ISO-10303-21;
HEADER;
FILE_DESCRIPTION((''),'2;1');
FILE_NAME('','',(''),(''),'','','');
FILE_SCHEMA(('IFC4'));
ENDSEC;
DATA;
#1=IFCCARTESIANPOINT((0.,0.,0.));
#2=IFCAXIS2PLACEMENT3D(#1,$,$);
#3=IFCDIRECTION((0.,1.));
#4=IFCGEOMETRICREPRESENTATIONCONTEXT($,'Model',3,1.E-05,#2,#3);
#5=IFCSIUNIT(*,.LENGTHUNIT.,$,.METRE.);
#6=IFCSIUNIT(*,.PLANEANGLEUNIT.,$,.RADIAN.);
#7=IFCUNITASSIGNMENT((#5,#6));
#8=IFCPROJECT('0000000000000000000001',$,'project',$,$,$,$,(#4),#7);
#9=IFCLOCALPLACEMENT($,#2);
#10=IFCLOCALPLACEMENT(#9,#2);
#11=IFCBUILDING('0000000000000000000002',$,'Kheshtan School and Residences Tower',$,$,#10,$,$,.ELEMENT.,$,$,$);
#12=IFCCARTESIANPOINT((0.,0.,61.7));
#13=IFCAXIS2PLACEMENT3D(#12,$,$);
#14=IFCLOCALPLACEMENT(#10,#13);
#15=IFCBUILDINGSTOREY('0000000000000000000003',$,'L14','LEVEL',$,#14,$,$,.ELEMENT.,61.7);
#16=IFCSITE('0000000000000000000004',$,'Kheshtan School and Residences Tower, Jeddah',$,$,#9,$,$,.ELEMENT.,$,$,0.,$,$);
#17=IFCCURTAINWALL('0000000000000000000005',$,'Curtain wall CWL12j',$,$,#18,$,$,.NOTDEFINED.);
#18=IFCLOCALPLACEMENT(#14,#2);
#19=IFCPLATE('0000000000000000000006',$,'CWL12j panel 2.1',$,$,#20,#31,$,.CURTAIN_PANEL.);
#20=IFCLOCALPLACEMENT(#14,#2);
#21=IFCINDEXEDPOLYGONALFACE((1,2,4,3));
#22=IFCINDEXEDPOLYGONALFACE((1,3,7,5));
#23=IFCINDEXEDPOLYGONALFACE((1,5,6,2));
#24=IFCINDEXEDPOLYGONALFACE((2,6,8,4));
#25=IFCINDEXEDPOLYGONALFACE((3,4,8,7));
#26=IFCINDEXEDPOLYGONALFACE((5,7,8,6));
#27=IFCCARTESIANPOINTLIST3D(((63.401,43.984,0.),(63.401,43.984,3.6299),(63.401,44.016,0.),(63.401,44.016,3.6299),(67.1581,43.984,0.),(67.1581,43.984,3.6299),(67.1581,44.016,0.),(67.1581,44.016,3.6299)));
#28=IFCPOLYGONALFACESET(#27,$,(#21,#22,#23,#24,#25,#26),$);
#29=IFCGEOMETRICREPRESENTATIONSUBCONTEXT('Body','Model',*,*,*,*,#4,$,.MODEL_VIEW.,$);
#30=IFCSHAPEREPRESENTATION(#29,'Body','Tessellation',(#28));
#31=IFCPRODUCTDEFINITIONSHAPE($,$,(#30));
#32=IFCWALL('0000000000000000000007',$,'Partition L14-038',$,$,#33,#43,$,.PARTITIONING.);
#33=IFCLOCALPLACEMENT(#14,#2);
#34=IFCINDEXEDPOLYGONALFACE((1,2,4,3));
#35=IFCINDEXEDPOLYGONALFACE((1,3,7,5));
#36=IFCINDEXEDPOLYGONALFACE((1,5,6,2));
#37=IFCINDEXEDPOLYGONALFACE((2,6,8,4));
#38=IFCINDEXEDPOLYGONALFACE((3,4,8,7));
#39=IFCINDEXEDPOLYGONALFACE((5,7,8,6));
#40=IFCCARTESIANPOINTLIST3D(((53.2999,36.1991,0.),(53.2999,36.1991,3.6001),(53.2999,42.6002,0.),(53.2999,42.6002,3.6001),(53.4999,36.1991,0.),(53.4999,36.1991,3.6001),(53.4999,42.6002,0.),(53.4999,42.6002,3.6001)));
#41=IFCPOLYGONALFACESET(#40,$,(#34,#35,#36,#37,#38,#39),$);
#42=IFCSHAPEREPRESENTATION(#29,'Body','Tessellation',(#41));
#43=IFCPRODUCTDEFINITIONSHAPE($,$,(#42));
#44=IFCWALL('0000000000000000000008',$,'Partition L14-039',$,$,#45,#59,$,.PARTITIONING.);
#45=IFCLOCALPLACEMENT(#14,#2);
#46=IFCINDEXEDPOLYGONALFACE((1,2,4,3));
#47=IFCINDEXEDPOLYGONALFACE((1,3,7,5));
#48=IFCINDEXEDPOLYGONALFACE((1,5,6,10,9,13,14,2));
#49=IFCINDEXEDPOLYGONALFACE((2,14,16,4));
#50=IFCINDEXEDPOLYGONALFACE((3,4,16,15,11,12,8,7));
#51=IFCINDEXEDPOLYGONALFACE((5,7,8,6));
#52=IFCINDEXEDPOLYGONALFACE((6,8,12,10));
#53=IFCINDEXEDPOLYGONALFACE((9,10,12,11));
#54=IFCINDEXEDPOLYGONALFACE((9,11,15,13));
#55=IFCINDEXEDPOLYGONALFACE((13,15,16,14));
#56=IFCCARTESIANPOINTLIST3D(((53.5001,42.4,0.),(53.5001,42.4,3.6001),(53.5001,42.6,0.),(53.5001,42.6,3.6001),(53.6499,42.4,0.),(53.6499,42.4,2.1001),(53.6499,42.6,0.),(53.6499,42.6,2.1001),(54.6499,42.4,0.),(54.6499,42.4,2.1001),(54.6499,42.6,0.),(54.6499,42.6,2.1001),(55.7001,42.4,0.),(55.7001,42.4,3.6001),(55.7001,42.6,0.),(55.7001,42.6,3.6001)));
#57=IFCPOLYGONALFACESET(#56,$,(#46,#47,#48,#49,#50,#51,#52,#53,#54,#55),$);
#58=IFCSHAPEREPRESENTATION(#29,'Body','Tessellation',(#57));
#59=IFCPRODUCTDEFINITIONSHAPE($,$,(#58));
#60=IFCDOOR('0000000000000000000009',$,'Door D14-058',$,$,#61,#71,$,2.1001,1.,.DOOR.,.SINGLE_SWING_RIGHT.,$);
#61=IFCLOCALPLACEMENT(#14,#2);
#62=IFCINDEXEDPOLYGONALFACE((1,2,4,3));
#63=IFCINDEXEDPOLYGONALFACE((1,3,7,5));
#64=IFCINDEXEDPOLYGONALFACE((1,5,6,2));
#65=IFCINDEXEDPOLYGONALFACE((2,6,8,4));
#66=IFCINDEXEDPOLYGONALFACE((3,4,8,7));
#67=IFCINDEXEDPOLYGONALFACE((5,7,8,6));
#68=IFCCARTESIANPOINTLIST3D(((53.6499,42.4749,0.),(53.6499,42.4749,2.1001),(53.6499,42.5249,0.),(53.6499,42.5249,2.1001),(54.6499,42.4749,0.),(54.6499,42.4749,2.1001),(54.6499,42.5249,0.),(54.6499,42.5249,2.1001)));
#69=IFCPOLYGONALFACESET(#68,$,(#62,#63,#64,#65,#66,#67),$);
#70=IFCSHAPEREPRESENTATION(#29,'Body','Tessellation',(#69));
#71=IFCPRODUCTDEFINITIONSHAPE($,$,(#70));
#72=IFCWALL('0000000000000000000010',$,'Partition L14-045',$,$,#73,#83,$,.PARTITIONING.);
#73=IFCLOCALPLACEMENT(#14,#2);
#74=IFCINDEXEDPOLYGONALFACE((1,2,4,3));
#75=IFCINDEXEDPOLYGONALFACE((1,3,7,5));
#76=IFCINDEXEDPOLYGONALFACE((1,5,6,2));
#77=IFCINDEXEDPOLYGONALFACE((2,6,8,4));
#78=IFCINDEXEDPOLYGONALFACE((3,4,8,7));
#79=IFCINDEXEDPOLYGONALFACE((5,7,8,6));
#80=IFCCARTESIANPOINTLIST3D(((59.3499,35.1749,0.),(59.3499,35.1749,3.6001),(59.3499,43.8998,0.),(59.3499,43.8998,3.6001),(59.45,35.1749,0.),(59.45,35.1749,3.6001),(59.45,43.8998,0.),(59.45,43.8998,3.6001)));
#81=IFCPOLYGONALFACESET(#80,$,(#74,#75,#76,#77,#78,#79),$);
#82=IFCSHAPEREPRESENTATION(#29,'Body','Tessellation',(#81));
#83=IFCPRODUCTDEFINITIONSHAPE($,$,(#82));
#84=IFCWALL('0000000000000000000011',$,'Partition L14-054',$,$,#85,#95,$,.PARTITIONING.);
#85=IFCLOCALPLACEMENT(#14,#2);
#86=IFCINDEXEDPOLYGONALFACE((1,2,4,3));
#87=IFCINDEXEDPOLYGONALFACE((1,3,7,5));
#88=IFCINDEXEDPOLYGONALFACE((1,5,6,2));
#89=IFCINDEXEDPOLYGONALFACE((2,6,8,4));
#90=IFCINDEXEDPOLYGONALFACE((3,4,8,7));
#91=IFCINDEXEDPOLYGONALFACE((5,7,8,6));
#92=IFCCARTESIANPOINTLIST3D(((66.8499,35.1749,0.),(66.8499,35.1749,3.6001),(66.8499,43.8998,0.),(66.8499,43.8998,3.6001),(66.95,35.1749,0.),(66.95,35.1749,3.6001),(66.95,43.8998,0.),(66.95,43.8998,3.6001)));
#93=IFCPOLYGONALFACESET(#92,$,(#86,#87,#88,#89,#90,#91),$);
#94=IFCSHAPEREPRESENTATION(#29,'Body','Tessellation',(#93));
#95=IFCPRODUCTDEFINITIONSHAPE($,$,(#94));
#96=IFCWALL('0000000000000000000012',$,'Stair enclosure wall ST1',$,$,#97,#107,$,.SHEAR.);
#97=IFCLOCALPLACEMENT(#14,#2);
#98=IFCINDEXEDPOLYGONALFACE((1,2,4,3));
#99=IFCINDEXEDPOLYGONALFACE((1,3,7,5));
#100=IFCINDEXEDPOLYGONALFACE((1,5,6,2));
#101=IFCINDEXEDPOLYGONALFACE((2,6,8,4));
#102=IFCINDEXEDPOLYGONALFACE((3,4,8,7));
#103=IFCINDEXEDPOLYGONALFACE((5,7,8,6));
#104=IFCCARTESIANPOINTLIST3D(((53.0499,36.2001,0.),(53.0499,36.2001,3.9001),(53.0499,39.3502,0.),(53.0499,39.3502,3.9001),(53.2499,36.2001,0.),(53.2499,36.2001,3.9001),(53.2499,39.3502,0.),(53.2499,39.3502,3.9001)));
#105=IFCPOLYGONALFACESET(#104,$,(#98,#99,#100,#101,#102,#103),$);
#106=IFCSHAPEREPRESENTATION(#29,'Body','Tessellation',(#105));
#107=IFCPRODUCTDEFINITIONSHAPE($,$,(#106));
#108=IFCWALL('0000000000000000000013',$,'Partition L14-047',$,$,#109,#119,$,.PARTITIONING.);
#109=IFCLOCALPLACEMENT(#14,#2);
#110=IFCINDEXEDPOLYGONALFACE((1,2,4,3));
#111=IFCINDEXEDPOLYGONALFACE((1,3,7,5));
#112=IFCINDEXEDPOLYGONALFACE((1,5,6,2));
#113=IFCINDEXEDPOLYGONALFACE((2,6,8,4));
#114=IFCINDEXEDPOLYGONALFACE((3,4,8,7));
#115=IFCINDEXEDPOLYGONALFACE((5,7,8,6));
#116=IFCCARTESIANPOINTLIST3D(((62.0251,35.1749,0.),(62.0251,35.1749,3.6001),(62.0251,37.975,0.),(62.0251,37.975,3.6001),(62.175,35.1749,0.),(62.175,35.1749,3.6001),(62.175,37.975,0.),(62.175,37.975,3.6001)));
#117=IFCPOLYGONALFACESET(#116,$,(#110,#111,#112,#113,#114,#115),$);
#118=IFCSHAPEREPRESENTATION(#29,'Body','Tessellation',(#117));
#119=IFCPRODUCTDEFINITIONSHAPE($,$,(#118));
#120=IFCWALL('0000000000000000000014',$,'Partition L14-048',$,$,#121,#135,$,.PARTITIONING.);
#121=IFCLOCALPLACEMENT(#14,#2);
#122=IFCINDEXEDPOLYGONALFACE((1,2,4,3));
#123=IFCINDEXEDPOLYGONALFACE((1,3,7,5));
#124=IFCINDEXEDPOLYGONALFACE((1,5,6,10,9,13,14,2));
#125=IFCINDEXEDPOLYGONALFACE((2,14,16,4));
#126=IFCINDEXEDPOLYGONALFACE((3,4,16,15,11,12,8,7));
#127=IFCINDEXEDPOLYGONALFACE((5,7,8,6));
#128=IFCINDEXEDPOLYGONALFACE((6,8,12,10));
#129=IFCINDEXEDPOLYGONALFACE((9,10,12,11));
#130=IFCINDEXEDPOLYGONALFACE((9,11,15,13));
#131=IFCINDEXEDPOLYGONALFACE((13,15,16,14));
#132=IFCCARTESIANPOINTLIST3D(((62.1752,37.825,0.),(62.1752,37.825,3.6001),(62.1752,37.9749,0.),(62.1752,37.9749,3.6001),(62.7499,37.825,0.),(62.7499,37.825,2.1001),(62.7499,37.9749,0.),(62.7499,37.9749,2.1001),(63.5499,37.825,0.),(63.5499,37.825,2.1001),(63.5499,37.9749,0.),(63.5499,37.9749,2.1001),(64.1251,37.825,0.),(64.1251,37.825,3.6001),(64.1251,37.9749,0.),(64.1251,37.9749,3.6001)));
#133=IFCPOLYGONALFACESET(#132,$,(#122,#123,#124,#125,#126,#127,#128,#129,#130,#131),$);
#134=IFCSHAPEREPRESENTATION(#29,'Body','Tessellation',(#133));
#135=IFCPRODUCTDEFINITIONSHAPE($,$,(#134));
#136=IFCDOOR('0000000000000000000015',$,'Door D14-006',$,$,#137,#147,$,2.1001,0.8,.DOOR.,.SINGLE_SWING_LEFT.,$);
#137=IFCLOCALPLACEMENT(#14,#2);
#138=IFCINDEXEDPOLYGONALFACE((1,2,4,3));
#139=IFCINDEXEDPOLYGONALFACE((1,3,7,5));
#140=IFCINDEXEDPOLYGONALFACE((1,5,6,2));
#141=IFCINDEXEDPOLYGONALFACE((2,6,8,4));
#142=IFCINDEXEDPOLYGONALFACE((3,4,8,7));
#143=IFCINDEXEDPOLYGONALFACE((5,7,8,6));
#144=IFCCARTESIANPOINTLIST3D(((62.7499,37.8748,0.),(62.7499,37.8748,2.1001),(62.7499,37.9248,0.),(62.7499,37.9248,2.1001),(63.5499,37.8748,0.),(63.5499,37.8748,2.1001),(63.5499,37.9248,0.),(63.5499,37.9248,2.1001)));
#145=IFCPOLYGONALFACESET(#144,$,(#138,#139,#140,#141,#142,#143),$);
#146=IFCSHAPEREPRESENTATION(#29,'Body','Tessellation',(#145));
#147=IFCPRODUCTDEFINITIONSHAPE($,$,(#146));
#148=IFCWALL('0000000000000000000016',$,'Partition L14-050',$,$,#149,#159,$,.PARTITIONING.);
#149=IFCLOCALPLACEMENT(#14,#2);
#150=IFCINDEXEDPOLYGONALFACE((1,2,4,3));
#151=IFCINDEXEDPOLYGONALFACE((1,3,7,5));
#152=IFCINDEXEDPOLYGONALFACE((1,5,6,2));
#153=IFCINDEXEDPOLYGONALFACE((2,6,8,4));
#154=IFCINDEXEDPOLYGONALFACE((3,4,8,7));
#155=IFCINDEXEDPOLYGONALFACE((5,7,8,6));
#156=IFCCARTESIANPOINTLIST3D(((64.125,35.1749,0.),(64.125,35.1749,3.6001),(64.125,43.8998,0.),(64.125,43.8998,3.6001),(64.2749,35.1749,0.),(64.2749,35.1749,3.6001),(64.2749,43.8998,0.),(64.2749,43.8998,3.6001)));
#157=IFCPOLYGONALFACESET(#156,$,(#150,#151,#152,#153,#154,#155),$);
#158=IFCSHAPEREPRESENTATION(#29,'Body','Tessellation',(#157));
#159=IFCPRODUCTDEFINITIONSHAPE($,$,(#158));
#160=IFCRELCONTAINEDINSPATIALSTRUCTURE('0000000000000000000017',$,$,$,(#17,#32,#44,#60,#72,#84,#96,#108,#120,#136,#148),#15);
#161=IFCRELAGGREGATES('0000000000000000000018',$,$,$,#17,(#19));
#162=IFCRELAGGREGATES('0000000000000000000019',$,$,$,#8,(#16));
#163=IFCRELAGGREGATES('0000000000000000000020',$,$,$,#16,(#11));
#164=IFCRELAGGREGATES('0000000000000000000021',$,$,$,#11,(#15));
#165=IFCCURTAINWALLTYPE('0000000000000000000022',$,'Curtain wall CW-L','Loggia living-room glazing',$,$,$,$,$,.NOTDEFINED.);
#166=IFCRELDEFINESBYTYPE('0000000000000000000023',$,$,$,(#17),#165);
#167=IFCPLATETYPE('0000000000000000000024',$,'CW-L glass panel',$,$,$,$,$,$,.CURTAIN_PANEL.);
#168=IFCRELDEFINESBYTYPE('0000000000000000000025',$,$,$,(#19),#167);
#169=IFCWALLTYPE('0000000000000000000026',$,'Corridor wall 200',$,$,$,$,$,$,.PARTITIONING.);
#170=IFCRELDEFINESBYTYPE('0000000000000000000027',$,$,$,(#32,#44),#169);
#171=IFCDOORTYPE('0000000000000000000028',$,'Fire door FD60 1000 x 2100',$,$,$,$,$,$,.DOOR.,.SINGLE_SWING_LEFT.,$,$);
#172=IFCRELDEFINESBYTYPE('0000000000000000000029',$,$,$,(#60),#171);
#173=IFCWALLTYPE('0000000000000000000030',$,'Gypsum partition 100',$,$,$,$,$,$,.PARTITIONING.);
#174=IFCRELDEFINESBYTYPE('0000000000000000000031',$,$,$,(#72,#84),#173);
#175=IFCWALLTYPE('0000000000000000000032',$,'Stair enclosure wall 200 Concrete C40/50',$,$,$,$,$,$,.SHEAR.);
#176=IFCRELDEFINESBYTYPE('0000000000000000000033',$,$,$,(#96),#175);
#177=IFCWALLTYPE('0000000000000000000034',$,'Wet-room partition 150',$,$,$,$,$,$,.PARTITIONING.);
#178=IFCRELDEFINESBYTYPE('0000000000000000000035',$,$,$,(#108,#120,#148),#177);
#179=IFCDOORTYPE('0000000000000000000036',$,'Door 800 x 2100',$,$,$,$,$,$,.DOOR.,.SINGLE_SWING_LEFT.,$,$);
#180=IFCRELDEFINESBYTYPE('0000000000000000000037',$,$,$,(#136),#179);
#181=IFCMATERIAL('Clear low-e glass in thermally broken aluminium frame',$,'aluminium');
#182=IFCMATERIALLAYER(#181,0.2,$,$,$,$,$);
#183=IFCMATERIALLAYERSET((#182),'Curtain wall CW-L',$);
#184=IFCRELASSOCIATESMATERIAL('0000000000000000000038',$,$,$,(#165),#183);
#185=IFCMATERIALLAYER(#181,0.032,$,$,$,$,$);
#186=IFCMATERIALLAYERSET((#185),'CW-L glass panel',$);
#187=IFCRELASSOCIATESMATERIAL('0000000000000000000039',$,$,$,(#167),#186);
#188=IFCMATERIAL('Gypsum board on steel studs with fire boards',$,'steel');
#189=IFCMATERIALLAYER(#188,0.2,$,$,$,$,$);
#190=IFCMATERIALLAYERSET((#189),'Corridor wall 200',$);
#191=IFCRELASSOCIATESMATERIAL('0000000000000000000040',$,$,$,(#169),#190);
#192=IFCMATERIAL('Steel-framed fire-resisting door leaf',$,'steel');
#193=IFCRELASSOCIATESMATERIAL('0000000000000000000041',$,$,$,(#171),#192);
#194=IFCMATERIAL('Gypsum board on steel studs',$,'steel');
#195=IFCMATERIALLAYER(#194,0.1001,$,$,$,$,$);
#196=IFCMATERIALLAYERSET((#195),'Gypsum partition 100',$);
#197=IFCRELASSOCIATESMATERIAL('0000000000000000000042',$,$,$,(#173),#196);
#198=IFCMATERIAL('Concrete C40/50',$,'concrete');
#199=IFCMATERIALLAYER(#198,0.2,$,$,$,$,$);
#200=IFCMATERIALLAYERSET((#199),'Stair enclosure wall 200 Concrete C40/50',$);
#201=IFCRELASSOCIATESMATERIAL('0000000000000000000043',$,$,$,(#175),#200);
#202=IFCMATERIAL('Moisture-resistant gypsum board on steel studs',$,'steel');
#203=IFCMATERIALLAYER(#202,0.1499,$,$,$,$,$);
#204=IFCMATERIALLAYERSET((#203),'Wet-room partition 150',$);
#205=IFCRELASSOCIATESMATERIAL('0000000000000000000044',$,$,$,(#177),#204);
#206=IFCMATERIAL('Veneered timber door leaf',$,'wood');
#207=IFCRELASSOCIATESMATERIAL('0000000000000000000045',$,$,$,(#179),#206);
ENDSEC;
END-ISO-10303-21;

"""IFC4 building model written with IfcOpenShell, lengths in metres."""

from ifc_helpers import new_model, si_unit, direction, frame, frame_2d, origin, origin_2d, place, context, subcontext, project, spatial, rectangle, extrude, source, transform, mapped, material, layer, layer_set, type_object, element, fill, aggregate, save


model = new_model("IFC4")

# Units and contexts
model_context = context("Model", 3, precision=1e-05, world=origin(), true_north=direction((0.0, 1.0)))
body_context = subcontext(model_context, "Body", "Model", "MODEL_VIEW")
ifc_project = project(units=[si_unit("LENGTHUNIT", "METRE"), si_unit("PLANEANGLEUNIT", "RADIAN")], contexts=[model_context])

# Site, building, storey
site_placement = place(None, origin())
site = spatial("IfcSite", under=ifc_project, at=site_placement, Name="Kheshtan School and Residences Tower, Jeddah", CompositionType="ELEMENT", RefElevation=0.0)
building_placement = place(site_placement, origin())
building = spatial("IfcBuilding", under=site, at=building_placement, Name="Kheshtan School and Residences Tower", CompositionType="ELEMENT")
storey_placement = place(building_placement, frame((0.0, 0.0, 61.7)))
storey = spatial("IfcBuildingStorey", under=building, at=storey_placement, Name="L14", Description="LEVEL", CompositionType="ELEMENT", Elevation=61.7)

# Shared definitions
ifc_material_1 = material(Name="Clear low-e glass in thermally broken aluminium frame", Category="aluminium")
ifc_layer_1 = layer(ifc_material_1, 0.2)
ifc_layer_set_1 = layer_set([ifc_layer_1], Name="Curtain wall CW-L")
curtain_wall_type = type_object("IfcCurtainWallType", Name="Curtain wall CW-L", Description="Loggia living-room glazing", PredefinedType="NOTDEFINED", material=ifc_layer_set_1)

# Curtain wall
curtain_wall_1_placement = place(storey_placement, origin())
curtain_wall_1 = element("IfcCurtainWall", 1, at=curtain_wall_1_placement, inside=storey, type_object=curtain_wall_type, Name="Curtain wall CWL12j", PredefinedType="NOTDEFINED")

# Plate
ifc_layer_2 = layer(ifc_material_1, 0.032)
ifc_layer_set_2 = layer_set([ifc_layer_2], Name="CW-L glass panel")
plate_type = type_object("IfcPlateType", Name="CW-L glass panel", PredefinedType="CURTAIN_PANEL", material=ifc_layer_set_2)
plate_1_placement = place(storey_placement, frame((65.2795, 44.0, 0.0), z_axis=(0.0, 0.0, 1.0), x_axis=(1.0, 0.0, 0.0)))
plate_1 = element("IfcPlate", 2, at=plate_1_placement, type_object=plate_type, Name="CWL12j panel 2.1", PredefinedType="CURTAIN_PANEL", context=body_context, shape_type="SweptSolid", body=[
    extrude(rectangle(XDim=3.7571, YDim=0.032, at=origin_2d()), origin(), (0.0, 0.0, 1.0), 3.6299),
])
aggregate(curtain_wall_1, [plate_1])

# Wall
ifc_material_2 = material(Name="Gypsum board on steel studs with fire boards", Category="steel")
ifc_layer_3 = layer(ifc_material_2, 0.2)
ifc_layer_set_3 = layer_set([ifc_layer_3], Name="Corridor wall 200")
wall_type_1 = type_object("IfcWallType", Name="Corridor wall 200", PredefinedType="PARTITIONING", material=ifc_layer_set_3)
wall_1_placement = place(storey_placement, frame((53.3999, 36.199, 0.0), z_axis=(0.0, 0.0, 1.0), x_axis=(0.0, 1.0, 0.0)))
element("IfcWall", 3, at=wall_1_placement, inside=storey, type_object=wall_type_1, Name="Partition L14-038", PredefinedType="PARTITIONING", context=body_context, shape_type="SweptSolid", body=[
    extrude(rectangle(XDim=6.4011, YDim=0.2, at=frame_2d((3.2007, 0.0))), origin(), (0.0, 0.0, 1.0), 3.6001),
])

# Wall, opening, door
wall_2_placement = place(storey_placement, frame((53.5, 42.5, 0.0), z_axis=(0.0, 0.0, 1.0), x_axis=(1.0, 0.0, 0.0)))
wall_2 = element("IfcWall", 4, at=wall_2_placement, inside=storey, type_object=wall_type_1, Name="Partition L14-039", PredefinedType="PARTITIONING", context=body_context, shape_type="SweptSolid", body=[
    extrude(rectangle(XDim=2.2, YDim=0.2, at=frame_2d((1.1001, 0.0))), origin(), (0.0, 0.0, 1.0), 3.6001),
])
opening_1_placement = place(wall_2_placement, frame((0.1499, 0.0, 0.0)))
opening_1 = element("IfcOpeningElement", 5, at=opening_1_placement, cuts=wall_2, PredefinedType="OPENING", context=body_context, shape_type="SweptSolid", body=[
    extrude(rectangle(XDim=1.0, YDim=2.1001, at=frame_2d((0.5, 1.05))), frame((0.0, 0.1099, 0.0), z_axis=(0.0, -1.0, 0.0), x_axis=(1.0, 0.0, 0.0)), (0.0, 0.0, 1.0), 0.22),
])
ifc_material_3 = material(Name="Steel-framed fire-resisting door leaf", Category="steel")
door_type_1 = type_object("IfcDoorType", Name="Fire door FD60 1000 x 2100", OperationType="SINGLE_SWING_LEFT", PredefinedType="DOOR", material=ifc_material_3)
shared_shape_1 = source(origin(), body_context, "Body", "SweptSolid", [
    extrude(rectangle(XDim=1.0, YDim=2.1001, at=frame_2d((0.5, 1.05))), frame((0.0, 0.0249, 0.0), z_axis=(0.0, -1.0, 0.0), x_axis=(1.0, 0.0, 0.0)), (0.0, 0.0, 1.0), 0.05),
])
door_1_placement = place(opening_1_placement, origin())
door_1 = element("IfcDoor", 6, at=door_1_placement, inside=storey, type_object=door_type_1, Name="Door D14-058", OperationType="SINGLE_SWING_RIGHT", OverallHeight=2.1001, OverallWidth=1.0, PredefinedType="DOOR", context=body_context, shape_type="MappedRepresentation", body=[
    mapped(shared_shape_1, transform((0.0, 0.0, 0.0), x_axis=(1.0, 0.0, 0.0), y_axis=(0.0, 1.0, 0.0), z_axis=(0.0, 0.0, 1.0), scale=1.0)),
])
fill(opening_1, door_1)

# Walls
ifc_material_4 = material(Name="Gypsum board on steel studs", Category="steel")
ifc_layer_4 = layer(ifc_material_4, 0.1001)
ifc_layer_set_4 = layer_set([ifc_layer_4], Name="Gypsum partition 100")
wall_type_2 = type_object("IfcWallType", Name="Gypsum partition 100", PredefinedType="PARTITIONING", material=ifc_layer_set_4)
for number, where, z_axis, x_axis, name in (
    (7, (59.3999, 35.175, 0.0), (0.0, 0.0, 1.0), (0.0, 1.0, 0.0), "Partition L14-045"),
    (8, (66.8999, 35.175, 0.0), (0.0, 0.0, 1.0), (0.0, 1.0, 0.0), "Partition L14-054"),
):
    element("IfcWall", number, at=place(storey_placement, frame(where, z_axis=z_axis, x_axis=x_axis)), inside=storey, type_object=wall_type_2, Name=name, PredefinedType="PARTITIONING", context=body_context, shape_type="SweptSolid", body=[
        extrude(rectangle(XDim=8.7249, YDim=0.1001, at=frame_2d((4.3623, 0.0))), origin(), (0.0, 0.0, 1.0), 3.6001),
    ])
ifc_material_5 = material(Name="Concrete C40/50", Category="concrete")
ifc_layer_5 = layer(ifc_material_5, 0.2)
ifc_layer_set_5 = layer_set([ifc_layer_5], Name="Stair enclosure wall 200 Concrete C40/50")
wall_type_3 = type_object("IfcWallType", Name="Stair enclosure wall 200 Concrete C40/50", PredefinedType="SHEAR", material=ifc_layer_set_5)
wall_3_placement = place(storey_placement, frame((53.1499, 36.2, 0.0), z_axis=(0.0, 0.0, 1.0), x_axis=(0.0, 1.0, 0.0)))
element("IfcWall", 9, at=wall_3_placement, inside=storey, type_object=wall_type_3, Name="Stair enclosure wall ST1", PredefinedType="SHEAR", context=body_context, shape_type="SweptSolid", body=[
    extrude(rectangle(XDim=3.1501, YDim=0.2, at=frame_2d((1.5752, 0.0))), origin(), (0.0, 0.0, 1.0), 3.9001),
])
ifc_material_6 = material(Name="Moisture-resistant gypsum board on steel studs", Category="steel")
ifc_layer_6 = layer(ifc_material_6, 0.1499)
ifc_layer_set_6 = layer_set([ifc_layer_6], Name="Wet-room partition 150")
wall_type_4 = type_object("IfcWallType", Name="Wet-room partition 150", PredefinedType="PARTITIONING", material=ifc_layer_set_6)
wall_4_placement = place(storey_placement, frame((62.1001, 35.175, 0.0), z_axis=(0.0, 0.0, 1.0), x_axis=(0.0, 1.0, 0.0)))
element("IfcWall", 10, at=wall_4_placement, inside=storey, type_object=wall_type_4, Name="Partition L14-047", PredefinedType="PARTITIONING", context=body_context, shape_type="SweptSolid", body=[
    extrude(rectangle(XDim=2.8, YDim=0.1499, at=frame_2d((1.3999, 0.0))), origin(), (0.0, 0.0, 1.0), 3.6001),
])

# Wall, opening, door
wall_5_placement = place(storey_placement, frame((62.175, 37.8999, 0.0), z_axis=(0.0, 0.0, 1.0), x_axis=(1.0, 0.0, 0.0)))
wall_5 = element("IfcWall", 11, at=wall_5_placement, inside=storey, type_object=wall_type_4, Name="Partition L14-048", PredefinedType="PARTITIONING", context=body_context, shape_type="SweptSolid", body=[
    extrude(rectangle(XDim=1.95, YDim=0.1499, at=frame_2d((0.9751, 0.0))), origin(), (0.0, 0.0, 1.0), 3.6001),
])
opening_2_placement = place(wall_5_placement, frame((0.575, 0.0, 0.0)))
opening_2 = element("IfcOpeningElement", 12, at=opening_2_placement, cuts=wall_5, PredefinedType="OPENING", context=body_context, shape_type="SweptSolid", body=[
    extrude(rectangle(XDim=0.8, YDim=2.1001, at=frame_2d((0.3999, 1.05))), frame((0.0, 0.085, 0.0), z_axis=(0.0, -1.0, 0.0), x_axis=(1.0, 0.0, 0.0)), (0.0, 0.0, 1.0), 0.1699),
])
ifc_material_7 = material(Name="Veneered timber door leaf", Category="wood")
door_type_2 = type_object("IfcDoorType", Name="Door 800 x 2100", OperationType="SINGLE_SWING_LEFT", PredefinedType="DOOR", material=ifc_material_7)
shared_shape_2 = source(origin(), body_context, "Body", "SweptSolid", [
    extrude(rectangle(XDim=0.8, YDim=2.1001, at=frame_2d((0.3999, 1.05))), frame((0.0, 0.0249, 0.0), z_axis=(0.0, -1.0, 0.0), x_axis=(1.0, 0.0, 0.0)), (0.0, 0.0, 1.0), 0.05),
])
door_2_placement = place(opening_2_placement, origin())
door_2 = element("IfcDoor", 13, at=door_2_placement, inside=storey, type_object=door_type_2, Name="Door D14-006", OperationType="SINGLE_SWING_LEFT", OverallHeight=2.1001, OverallWidth=0.8, PredefinedType="DOOR", context=body_context, shape_type="MappedRepresentation", body=[
    mapped(shared_shape_2, transform((0.0, 0.0, 0.0), x_axis=(1.0, 0.0, 0.0), y_axis=(0.0, 1.0, 0.0), z_axis=(0.0, 0.0, 1.0), scale=1.0)),
])
fill(opening_2, door_2)

# Wall
wall_6_placement = place(storey_placement, frame((64.2, 35.175, 0.0), z_axis=(0.0, 0.0, 1.0), x_axis=(0.0, 1.0, 0.0)))
element("IfcWall", 14, at=wall_6_placement, inside=storey, type_object=wall_type_4, Name="Partition L14-050", PredefinedType="PARTITIONING", context=body_context, shape_type="SweptSolid", body=[
    extrude(rectangle(XDim=8.7249, YDim=0.1499, at=frame_2d((4.3623, 0.0))), origin(), (0.0, 0.0, 1.0), 3.6001),
])

save(model, "model.ifc")
